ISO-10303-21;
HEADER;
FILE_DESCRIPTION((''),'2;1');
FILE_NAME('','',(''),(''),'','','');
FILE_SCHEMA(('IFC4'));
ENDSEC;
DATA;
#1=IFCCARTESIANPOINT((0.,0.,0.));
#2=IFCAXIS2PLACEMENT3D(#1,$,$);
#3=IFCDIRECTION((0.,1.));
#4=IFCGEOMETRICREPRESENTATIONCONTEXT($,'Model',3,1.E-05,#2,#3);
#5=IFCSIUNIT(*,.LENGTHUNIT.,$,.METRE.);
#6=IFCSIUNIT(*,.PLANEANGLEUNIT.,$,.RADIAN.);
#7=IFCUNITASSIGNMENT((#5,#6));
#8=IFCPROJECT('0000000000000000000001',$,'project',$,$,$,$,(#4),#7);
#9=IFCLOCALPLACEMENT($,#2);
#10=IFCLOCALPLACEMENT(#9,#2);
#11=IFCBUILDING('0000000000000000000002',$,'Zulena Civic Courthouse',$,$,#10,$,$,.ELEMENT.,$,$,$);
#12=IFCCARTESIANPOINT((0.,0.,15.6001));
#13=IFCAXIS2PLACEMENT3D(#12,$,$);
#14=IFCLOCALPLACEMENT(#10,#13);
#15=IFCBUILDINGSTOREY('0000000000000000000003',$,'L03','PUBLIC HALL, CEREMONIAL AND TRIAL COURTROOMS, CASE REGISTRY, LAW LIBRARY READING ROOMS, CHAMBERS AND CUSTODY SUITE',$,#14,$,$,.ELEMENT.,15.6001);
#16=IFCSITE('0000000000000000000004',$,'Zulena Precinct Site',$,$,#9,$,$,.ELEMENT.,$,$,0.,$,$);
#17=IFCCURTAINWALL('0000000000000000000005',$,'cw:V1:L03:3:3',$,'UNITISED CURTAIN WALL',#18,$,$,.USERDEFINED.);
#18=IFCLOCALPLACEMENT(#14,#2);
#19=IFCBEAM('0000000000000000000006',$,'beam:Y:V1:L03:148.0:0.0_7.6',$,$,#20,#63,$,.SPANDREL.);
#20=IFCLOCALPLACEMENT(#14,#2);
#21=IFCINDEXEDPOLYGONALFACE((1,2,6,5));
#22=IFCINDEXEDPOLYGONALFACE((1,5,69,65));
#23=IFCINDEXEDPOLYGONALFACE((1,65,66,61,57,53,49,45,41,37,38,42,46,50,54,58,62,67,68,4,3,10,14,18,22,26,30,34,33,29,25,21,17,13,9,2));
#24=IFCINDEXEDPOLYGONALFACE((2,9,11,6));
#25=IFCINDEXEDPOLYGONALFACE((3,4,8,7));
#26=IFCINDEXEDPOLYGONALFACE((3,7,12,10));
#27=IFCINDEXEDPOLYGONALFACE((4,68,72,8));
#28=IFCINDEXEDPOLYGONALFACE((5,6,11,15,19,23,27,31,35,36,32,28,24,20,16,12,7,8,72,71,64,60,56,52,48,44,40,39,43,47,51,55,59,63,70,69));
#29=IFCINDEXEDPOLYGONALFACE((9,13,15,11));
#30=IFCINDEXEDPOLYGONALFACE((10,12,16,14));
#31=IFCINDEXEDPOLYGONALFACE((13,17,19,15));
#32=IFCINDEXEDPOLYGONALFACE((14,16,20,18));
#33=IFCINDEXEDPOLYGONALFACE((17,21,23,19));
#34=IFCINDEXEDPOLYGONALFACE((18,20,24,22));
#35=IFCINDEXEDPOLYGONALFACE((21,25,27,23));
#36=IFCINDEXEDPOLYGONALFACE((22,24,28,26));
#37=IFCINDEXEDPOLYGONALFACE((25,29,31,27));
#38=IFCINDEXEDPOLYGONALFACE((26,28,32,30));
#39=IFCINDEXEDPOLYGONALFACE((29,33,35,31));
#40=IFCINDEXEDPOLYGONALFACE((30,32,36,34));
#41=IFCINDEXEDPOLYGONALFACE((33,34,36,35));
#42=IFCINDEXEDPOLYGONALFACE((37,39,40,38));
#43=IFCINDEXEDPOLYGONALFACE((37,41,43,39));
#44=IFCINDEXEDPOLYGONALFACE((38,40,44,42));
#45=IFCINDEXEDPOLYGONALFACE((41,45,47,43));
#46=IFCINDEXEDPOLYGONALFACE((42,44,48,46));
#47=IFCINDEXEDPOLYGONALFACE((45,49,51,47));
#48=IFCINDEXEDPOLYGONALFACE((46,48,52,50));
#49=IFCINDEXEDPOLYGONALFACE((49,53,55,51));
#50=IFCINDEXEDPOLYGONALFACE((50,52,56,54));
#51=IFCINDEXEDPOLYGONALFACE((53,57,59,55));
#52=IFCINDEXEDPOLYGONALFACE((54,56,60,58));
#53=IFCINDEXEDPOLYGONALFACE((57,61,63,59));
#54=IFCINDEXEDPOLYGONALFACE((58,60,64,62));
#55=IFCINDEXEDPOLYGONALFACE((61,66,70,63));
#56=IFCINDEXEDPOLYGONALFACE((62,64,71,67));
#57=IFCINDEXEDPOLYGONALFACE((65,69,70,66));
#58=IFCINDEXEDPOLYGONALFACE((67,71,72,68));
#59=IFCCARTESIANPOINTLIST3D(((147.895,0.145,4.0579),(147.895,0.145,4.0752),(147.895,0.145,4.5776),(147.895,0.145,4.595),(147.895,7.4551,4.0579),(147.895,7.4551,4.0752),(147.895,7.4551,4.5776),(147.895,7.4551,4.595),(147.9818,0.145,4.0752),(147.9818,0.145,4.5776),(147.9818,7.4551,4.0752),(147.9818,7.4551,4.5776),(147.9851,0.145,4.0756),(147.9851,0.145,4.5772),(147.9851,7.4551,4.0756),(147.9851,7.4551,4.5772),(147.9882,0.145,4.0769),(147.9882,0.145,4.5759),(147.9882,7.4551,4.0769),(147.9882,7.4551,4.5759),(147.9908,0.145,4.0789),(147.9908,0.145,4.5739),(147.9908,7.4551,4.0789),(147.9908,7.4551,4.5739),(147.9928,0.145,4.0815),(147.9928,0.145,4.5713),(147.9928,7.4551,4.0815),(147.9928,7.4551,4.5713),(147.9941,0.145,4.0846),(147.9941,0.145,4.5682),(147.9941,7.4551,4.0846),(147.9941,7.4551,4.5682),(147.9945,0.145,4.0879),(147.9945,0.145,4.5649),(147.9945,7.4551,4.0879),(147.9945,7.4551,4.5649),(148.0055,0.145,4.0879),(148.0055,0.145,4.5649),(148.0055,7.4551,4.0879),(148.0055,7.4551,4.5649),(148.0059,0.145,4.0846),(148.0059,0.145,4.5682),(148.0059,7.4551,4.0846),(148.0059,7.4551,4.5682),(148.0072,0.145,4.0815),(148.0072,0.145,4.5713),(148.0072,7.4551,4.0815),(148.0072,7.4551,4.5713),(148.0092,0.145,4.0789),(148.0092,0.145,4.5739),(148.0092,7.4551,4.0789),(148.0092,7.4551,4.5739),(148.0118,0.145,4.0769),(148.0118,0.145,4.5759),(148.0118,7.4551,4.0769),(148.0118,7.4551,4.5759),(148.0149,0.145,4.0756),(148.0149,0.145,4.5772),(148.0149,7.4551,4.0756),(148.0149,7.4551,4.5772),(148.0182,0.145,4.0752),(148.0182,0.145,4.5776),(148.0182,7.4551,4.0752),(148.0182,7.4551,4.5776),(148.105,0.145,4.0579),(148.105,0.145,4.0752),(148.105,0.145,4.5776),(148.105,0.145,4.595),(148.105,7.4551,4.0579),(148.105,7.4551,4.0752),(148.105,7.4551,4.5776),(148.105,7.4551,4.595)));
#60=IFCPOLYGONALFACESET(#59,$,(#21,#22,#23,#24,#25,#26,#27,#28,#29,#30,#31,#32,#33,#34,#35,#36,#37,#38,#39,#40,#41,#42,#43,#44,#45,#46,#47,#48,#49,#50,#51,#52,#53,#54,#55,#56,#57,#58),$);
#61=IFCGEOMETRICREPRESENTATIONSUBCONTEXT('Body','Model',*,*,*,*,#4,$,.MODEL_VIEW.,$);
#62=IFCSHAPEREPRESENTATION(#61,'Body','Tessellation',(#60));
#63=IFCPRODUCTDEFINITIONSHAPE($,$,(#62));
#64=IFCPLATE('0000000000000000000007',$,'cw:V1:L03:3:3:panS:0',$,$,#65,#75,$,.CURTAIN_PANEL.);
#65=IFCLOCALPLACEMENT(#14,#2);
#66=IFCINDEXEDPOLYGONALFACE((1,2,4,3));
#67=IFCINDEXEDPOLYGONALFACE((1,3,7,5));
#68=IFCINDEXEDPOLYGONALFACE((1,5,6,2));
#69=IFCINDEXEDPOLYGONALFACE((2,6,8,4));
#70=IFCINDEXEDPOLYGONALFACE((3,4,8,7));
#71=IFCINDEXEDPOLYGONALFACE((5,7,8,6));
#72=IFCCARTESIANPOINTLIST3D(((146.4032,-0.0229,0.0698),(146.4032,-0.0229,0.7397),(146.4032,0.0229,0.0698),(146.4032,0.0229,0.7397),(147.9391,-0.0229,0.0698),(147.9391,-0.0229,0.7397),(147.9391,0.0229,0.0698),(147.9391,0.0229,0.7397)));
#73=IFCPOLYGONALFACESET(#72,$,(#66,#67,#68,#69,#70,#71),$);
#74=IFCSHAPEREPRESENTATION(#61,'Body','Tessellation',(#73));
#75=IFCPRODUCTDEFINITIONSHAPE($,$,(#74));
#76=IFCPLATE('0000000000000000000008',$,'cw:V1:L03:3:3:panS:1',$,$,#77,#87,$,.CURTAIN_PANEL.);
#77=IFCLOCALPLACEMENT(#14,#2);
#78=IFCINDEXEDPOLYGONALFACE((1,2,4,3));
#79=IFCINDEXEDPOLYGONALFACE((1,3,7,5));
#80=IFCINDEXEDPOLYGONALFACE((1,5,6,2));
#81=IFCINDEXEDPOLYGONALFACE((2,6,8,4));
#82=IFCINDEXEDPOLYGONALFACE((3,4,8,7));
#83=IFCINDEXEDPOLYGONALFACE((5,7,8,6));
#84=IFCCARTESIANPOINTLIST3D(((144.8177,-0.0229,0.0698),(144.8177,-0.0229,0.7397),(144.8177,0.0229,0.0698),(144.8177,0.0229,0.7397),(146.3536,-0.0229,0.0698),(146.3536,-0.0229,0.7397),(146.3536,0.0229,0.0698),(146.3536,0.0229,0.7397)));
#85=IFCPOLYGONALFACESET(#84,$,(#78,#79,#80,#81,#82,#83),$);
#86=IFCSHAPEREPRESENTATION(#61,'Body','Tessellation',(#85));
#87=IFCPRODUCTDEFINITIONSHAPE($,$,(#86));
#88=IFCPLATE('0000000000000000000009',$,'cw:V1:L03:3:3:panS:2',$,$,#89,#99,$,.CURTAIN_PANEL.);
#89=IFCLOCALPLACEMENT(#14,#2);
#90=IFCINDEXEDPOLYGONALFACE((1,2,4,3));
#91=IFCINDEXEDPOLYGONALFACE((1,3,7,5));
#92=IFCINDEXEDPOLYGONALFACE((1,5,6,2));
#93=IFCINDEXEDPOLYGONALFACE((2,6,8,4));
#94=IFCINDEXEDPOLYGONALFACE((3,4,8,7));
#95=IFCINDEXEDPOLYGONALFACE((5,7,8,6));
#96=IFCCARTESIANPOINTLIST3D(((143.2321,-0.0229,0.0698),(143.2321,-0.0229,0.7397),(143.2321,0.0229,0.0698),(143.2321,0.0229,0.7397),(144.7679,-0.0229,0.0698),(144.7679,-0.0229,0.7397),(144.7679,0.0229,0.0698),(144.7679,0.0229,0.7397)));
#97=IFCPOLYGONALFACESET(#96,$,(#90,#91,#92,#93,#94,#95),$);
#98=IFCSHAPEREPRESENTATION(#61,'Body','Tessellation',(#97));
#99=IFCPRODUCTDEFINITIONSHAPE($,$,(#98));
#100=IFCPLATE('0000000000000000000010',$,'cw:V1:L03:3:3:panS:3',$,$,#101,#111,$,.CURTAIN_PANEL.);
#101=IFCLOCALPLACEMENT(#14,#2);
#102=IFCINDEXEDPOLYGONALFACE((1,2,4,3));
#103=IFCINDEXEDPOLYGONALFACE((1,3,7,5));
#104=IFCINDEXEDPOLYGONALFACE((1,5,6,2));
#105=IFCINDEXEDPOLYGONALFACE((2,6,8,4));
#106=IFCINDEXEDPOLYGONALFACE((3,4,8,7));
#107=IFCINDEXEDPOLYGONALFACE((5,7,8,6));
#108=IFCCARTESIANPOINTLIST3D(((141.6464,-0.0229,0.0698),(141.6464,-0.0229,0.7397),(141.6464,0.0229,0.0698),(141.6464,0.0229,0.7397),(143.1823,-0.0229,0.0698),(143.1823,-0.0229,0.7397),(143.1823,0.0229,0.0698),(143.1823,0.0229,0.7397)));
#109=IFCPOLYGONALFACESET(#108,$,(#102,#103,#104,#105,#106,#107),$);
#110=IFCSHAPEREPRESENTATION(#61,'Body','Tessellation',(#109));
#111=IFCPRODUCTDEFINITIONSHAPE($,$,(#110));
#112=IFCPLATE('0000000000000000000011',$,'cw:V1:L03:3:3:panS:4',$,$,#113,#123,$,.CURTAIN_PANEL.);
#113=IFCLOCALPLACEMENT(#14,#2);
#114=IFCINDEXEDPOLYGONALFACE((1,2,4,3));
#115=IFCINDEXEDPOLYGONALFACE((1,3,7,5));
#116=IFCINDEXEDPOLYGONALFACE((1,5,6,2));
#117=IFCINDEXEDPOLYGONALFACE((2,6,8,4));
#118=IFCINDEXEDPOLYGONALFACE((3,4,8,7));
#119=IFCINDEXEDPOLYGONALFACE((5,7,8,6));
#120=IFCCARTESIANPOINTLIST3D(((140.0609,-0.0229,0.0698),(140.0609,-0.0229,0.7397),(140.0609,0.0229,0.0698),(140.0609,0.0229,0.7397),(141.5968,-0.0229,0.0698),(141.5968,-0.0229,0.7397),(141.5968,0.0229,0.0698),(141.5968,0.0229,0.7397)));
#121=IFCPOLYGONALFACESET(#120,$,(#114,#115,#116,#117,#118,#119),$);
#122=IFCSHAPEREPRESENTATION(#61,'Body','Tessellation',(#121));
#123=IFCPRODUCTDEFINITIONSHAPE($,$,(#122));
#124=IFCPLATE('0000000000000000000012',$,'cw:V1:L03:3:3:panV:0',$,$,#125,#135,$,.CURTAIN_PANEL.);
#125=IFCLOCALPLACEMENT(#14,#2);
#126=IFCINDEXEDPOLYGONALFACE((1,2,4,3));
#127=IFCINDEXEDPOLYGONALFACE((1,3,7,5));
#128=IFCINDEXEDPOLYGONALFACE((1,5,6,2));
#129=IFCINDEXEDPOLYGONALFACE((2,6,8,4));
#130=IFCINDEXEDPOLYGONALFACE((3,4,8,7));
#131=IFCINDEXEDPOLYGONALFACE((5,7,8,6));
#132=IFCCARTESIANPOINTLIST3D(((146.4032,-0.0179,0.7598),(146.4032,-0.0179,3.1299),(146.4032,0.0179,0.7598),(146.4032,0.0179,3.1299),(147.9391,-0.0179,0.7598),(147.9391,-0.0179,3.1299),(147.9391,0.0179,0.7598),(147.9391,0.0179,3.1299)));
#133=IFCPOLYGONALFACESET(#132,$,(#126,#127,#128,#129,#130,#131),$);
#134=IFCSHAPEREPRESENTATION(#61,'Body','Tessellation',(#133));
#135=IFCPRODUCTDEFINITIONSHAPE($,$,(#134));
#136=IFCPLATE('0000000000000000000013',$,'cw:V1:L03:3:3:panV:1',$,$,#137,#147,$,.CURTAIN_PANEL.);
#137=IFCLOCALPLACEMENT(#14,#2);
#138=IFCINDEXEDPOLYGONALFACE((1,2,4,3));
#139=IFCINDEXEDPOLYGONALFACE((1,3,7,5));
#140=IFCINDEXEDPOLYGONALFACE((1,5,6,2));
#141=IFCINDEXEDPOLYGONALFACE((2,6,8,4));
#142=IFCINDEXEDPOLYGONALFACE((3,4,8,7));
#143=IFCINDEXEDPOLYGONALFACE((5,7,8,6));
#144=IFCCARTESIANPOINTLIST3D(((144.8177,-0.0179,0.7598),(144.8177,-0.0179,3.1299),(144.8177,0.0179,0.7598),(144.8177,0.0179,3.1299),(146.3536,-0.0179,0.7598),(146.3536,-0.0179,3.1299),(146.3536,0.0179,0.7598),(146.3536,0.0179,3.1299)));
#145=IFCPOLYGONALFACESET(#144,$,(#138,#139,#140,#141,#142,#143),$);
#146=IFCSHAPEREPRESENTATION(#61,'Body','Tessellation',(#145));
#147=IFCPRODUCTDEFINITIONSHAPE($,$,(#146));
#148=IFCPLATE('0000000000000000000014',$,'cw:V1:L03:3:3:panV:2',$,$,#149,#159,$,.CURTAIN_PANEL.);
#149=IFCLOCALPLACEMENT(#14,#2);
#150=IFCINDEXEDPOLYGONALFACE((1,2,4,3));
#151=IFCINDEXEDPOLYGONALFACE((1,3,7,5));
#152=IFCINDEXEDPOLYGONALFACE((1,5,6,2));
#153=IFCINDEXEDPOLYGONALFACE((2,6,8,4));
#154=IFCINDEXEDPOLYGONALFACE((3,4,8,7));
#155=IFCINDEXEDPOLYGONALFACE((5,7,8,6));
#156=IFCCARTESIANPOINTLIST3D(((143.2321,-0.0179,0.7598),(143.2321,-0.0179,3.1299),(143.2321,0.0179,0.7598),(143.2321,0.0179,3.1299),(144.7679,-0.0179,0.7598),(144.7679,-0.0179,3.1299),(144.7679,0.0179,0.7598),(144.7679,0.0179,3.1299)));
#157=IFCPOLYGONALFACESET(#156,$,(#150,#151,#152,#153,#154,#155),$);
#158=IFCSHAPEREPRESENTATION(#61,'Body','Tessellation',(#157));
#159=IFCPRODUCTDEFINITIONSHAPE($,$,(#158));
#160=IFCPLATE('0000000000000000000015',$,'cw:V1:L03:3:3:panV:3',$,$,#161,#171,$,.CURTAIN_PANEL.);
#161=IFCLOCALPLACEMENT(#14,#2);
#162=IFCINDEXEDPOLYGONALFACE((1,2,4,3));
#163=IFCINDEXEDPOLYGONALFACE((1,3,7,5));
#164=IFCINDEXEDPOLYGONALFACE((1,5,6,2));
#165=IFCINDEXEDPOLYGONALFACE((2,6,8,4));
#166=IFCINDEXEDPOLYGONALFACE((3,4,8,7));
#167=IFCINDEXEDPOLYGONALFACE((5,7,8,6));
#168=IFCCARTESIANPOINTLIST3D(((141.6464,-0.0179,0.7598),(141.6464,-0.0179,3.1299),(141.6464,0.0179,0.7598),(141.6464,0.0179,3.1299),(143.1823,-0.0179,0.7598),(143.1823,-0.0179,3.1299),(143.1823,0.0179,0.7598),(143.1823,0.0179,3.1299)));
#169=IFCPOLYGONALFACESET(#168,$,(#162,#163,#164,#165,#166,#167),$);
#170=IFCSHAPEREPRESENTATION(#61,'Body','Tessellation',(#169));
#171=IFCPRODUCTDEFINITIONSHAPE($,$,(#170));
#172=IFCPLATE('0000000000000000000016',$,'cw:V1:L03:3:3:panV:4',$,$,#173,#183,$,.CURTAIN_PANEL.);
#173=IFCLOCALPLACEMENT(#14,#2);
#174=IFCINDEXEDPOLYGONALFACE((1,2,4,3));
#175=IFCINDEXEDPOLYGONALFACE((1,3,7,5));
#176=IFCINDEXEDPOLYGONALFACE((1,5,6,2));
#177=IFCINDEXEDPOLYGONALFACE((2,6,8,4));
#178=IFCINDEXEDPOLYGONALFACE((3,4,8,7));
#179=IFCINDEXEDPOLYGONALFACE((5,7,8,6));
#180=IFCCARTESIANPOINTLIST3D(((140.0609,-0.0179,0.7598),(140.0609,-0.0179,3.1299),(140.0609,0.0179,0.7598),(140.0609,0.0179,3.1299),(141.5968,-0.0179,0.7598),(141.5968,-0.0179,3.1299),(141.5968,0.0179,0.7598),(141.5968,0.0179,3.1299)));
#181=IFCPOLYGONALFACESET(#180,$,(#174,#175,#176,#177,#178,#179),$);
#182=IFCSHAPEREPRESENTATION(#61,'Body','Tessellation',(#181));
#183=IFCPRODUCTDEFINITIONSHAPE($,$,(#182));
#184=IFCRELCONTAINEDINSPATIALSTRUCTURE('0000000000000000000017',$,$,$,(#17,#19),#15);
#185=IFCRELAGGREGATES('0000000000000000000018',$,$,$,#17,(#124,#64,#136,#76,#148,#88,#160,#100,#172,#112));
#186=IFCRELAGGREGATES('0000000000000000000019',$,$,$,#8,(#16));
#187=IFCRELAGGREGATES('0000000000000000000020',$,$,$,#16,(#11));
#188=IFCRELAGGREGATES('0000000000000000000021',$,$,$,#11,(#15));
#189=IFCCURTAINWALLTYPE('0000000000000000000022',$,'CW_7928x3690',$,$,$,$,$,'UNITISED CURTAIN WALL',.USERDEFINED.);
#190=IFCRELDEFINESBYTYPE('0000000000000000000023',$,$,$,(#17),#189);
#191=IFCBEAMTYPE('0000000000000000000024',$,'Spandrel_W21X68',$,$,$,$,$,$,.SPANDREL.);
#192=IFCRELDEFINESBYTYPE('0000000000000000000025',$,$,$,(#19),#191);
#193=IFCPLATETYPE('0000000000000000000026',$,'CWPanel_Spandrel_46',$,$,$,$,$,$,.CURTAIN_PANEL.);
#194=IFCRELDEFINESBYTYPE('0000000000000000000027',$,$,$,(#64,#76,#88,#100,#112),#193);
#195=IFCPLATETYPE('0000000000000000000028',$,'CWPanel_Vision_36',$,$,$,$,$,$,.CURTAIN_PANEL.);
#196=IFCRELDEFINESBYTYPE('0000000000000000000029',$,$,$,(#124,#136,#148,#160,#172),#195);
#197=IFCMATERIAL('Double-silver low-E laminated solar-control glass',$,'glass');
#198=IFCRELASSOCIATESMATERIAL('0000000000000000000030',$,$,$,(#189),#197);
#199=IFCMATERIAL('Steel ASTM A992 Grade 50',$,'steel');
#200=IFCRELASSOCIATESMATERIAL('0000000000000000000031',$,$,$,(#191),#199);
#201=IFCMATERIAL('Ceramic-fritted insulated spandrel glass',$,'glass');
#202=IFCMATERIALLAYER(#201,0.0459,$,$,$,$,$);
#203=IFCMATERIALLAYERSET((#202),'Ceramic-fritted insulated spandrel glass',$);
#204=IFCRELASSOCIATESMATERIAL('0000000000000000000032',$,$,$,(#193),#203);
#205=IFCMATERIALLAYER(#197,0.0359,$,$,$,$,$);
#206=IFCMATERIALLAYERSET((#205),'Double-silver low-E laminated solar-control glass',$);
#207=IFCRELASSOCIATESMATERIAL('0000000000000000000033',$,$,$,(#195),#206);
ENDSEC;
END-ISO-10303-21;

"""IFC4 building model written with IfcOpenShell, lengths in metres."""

from ifc_helpers import new_model, si_unit, direction, frame, origin, origin_2d, place, context, subcontext, project, spatial, rectangle, i_section, extrude, material, layer, layer_set, material_profile, profile_set, type_object, element, aggregate, save


model = new_model("IFC4")

# Units and contexts
model_context = context("Model", 3, precision=1e-05, world=origin(), true_north=direction((0.0, 1.0)))
body_context = subcontext(model_context, "Body", "Model", "MODEL_VIEW")
ifc_project = project(units=[si_unit("LENGTHUNIT", "METRE"), si_unit("PLANEANGLEUNIT", "RADIAN")], contexts=[model_context])

# Site, building, storey
site_placement = place(None, origin())
site = spatial("IfcSite", under=ifc_project, at=site_placement, Name="Zulena Precinct Site", CompositionType="ELEMENT", RefElevation=0.0)
building_placement = place(site_placement, origin())
building = spatial("IfcBuilding", under=site, at=building_placement, Name="Zulena Civic Courthouse", CompositionType="ELEMENT")
storey_placement = place(building_placement, frame((0.0, 0.0, 15.6001)))
storey = spatial("IfcBuildingStorey", under=building, at=storey_placement, Name="L03", Description="PUBLIC HALL, CEREMONIAL AND TRIAL COURTROOMS, CASE REGISTRY, LAW LIBRARY READING ROOMS, CHAMBERS AND CUSTODY SUITE", CompositionType="ELEMENT", Elevation=15.6001)

# Shared definitions
ifc_material_1 = material(Name="Steel ASTM A992 Grade 50", Category="steel")

# Curtain wall
ifc_material_2 = material(Name="Double-silver low-E laminated solar-control glass", Category="glass")
curtain_wall_type = type_object("IfcCurtainWallType", Name="CW_7928x3690", ElementType="UNITISED CURTAIN WALL", PredefinedType="USERDEFINED", material=ifc_material_2)
curtain_wall_placement = place(storey_placement, origin())
curtain_wall = element("IfcCurtainWall", 1, at=curtain_wall_placement, inside=storey, type_object=curtain_wall_type, Name="cw:V1:L03:3:3", ObjectType="UNITISED CURTAIN WALL", PredefinedType="USERDEFINED")

# Beam
ifc_material_profile_1 = material_profile(ifc_material_1, i_section(OverallWidth=0.21, OverallDepth=0.5371, WebThickness=0.011, FlangeThickness=0.0173, FilletRadius=0.0127, at=origin_2d()), Name="W21X68")
ifc_profile_set_1 = profile_set([ifc_material_profile_1], Name="Steel ASTM A992 Grade 50")
beam_type_1 = type_object("IfcBeamType", Name="Spandrel_W21X68", PredefinedType="SPANDREL", material=ifc_profile_set_1)
for number, where, z_axis, x_axis, name in (
    (2, (148.0, 0.145, 4.3264), (0.0, 1.0, 0.0), (-1.0, 0.0, 0.0), "beam:Y:V1:L03:148.0:0.0_7.6"),
):
    element("IfcBeam", number, at=place(storey_placement, frame(where, z_axis=z_axis, x_axis=x_axis)), inside=storey, type_object=beam_type_1, Name=name, PredefinedType="SPANDREL", context=body_context, shape_type="SweptSolid", body=[
        extrude(i_section(OverallWidth=0.21, OverallDepth=0.5371, WebThickness=0.011, FlangeThickness=0.0173, FilletRadius=0.0127, at=origin_2d()), origin(), (0.0, 0.0, 1.0), 7.3101),
    ])

# Plates
ifc_material_3 = material(Name="Ceramic-fritted insulated spandrel glass", Category="glass")
ifc_layer_1 = layer(ifc_material_3, 0.0459)
ifc_layer_set_1 = layer_set([ifc_layer_1], Name="Ceramic-fritted insulated spandrel glass")
plate_type_1 = type_object("IfcPlateType", Name="CWPanel_Spandrel_46", PredefinedType="CURTAIN_PANEL", material=ifc_layer_set_1)
plate_1_placement = place(storey_placement, frame((147.1711, 0.0, 0.0698), z_axis=(0.0, 0.0, 1.0), x_axis=(-1.0, 0.0, 0.0)))
plate_1 = element("IfcPlate", 3, at=plate_1_placement, type_object=plate_type_1, Name="cw:V1:L03:3:3:panS:0", PredefinedType="CURTAIN_PANEL", context=body_context, shape_type="SweptSolid", body=[
    extrude(rectangle(XDim=1.5359, YDim=0.0459, at=origin_2d()), origin(), (0.0, 0.0, 1.0), 0.6699),
])
plate_2_placement = place(storey_placement, frame((145.5857, 0.0, 0.0698), z_axis=(0.0, 0.0, 1.0), x_axis=(-1.0, 0.0, 0.0)))
plate_2 = element("IfcPlate", 4, at=plate_2_placement, type_object=plate_type_1, Name="cw:V1:L03:3:3:panS:1", PredefinedType="CURTAIN_PANEL", context=body_context, shape_type="SweptSolid", body=[
    extrude(rectangle(XDim=1.5359, YDim=0.0459, at=origin_2d()), origin(), (0.0, 0.0, 1.0), 0.6699),
])
plate_3_placement = place(storey_placement, frame((144.0, 0.0, 0.0698), z_axis=(0.0, 0.0, 1.0), x_axis=(-1.0, 0.0, 0.0)))
plate_3 = element("IfcPlate", 5, at=plate_3_placement, type_object=plate_type_1, Name="cw:V1:L03:3:3:panS:2", PredefinedType="CURTAIN_PANEL", context=body_context, shape_type="SweptSolid", body=[
    extrude(rectangle(XDim=1.5359, YDim=0.0459, at=origin_2d()), origin(), (0.0, 0.0, 1.0), 0.6699),
])
plate_4_placement = place(storey_placement, frame((142.4143, 0.0, 0.0698), z_axis=(0.0, 0.0, 1.0), x_axis=(-1.0, 0.0, 0.0)))
plate_4 = element("IfcPlate", 6, at=plate_4_placement, type_object=plate_type_1, Name="cw:V1:L03:3:3:panS:3", PredefinedType="CURTAIN_PANEL", context=body_context, shape_type="SweptSolid", body=[
    extrude(rectangle(XDim=1.5359, YDim=0.0459, at=origin_2d()), origin(), (0.0, 0.0, 1.0), 0.6699),
])
plate_5_placement = place(storey_placement, frame((140.8289, 0.0, 0.0698), z_axis=(0.0, 0.0, 1.0), x_axis=(-1.0, 0.0, 0.0)))
plate_5 = element("IfcPlate", 7, at=plate_5_placement, type_object=plate_type_1, Name="cw:V1:L03:3:3:panS:4", PredefinedType="CURTAIN_PANEL", context=body_context, shape_type="SweptSolid", body=[
    extrude(rectangle(XDim=1.5359, YDim=0.0459, at=origin_2d()), origin(), (0.0, 0.0, 1.0), 0.6699),
])
ifc_layer_2 = layer(ifc_material_2, 0.0359)
ifc_layer_set_2 = layer_set([ifc_layer_2], Name="Double-silver low-E laminated solar-control glass")
plate_type_2 = type_object("IfcPlateType", Name="CWPanel_Vision_36", PredefinedType="CURTAIN_PANEL", material=ifc_layer_set_2)
plate_6_placement = place(storey_placement, frame((147.1711, 0.0, 0.7598), z_axis=(0.0, 0.0, 1.0), x_axis=(-1.0, 0.0, 0.0)))
plate_6 = element("IfcPlate", 8, at=plate_6_placement, type_object=plate_type_2, Name="cw:V1:L03:3:3:panV:0", PredefinedType="CURTAIN_PANEL", context=body_context, shape_type="SweptSolid", body=[
    extrude(rectangle(XDim=1.5359, YDim=0.0359, at=origin_2d()), origin(), (0.0, 0.0, 1.0), 2.3701),
])
plate_7_placement = place(storey_placement, frame((145.5857, 0.0, 0.7598), z_axis=(0.0, 0.0, 1.0), x_axis=(-1.0, 0.0, 0.0)))
plate_7 = element("IfcPlate", 9, at=plate_7_placement, type_object=plate_type_2, Name="cw:V1:L03:3:3:panV:1", PredefinedType="CURTAIN_PANEL", context=body_context, shape_type="SweptSolid", body=[
    extrude(rectangle(XDim=1.5359, YDim=0.0359, at=origin_2d()), origin(), (0.0, 0.0, 1.0), 2.3701),
])
plate_8_placement = place(storey_placement, frame((144.0, 0.0, 0.7598), z_axis=(0.0, 0.0, 1.0), x_axis=(-1.0, 0.0, 0.0)))
plate_8 = element("IfcPlate", 10, at=plate_8_placement, type_object=plate_type_2, Name="cw:V1:L03:3:3:panV:2", PredefinedType="CURTAIN_PANEL", context=body_context, shape_type="SweptSolid", body=[
    extrude(rectangle(XDim=1.5359, YDim=0.0359, at=origin_2d()), origin(), (0.0, 0.0, 1.0), 2.3701),
])
plate_9_placement = place(storey_placement, frame((142.4143, 0.0, 0.7598), z_axis=(0.0, 0.0, 1.0), x_axis=(-1.0, 0.0, 0.0)))
plate_9 = element("IfcPlate", 11, at=plate_9_placement, type_object=plate_type_2, Name="cw:V1:L03:3:3:panV:3", PredefinedType="CURTAIN_PANEL", context=body_context, shape_type="SweptSolid", body=[
    extrude(rectangle(XDim=1.5359, YDim=0.0359, at=origin_2d()), origin(), (0.0, 0.0, 1.0), 2.3701),
])
plate_10_placement = place(storey_placement, frame((140.8289, 0.0, 0.7598), z_axis=(0.0, 0.0, 1.0), x_axis=(-1.0, 0.0, 0.0)))
plate_10 = element("IfcPlate", 12, at=plate_10_placement, type_object=plate_type_2, Name="cw:V1:L03:3:3:panV:4", PredefinedType="CURTAIN_PANEL", context=body_context, shape_type="SweptSolid", body=[
    extrude(rectangle(XDim=1.5359, YDim=0.0359, at=origin_2d()), origin(), (0.0, 0.0, 1.0), 2.3701),
])
aggregate(curtain_wall, [plate_6, plate_1, plate_7, plate_2, plate_8, plate_3, plate_9, plate_4, plate_10, plate_5])

save(model, "model.ifc")
